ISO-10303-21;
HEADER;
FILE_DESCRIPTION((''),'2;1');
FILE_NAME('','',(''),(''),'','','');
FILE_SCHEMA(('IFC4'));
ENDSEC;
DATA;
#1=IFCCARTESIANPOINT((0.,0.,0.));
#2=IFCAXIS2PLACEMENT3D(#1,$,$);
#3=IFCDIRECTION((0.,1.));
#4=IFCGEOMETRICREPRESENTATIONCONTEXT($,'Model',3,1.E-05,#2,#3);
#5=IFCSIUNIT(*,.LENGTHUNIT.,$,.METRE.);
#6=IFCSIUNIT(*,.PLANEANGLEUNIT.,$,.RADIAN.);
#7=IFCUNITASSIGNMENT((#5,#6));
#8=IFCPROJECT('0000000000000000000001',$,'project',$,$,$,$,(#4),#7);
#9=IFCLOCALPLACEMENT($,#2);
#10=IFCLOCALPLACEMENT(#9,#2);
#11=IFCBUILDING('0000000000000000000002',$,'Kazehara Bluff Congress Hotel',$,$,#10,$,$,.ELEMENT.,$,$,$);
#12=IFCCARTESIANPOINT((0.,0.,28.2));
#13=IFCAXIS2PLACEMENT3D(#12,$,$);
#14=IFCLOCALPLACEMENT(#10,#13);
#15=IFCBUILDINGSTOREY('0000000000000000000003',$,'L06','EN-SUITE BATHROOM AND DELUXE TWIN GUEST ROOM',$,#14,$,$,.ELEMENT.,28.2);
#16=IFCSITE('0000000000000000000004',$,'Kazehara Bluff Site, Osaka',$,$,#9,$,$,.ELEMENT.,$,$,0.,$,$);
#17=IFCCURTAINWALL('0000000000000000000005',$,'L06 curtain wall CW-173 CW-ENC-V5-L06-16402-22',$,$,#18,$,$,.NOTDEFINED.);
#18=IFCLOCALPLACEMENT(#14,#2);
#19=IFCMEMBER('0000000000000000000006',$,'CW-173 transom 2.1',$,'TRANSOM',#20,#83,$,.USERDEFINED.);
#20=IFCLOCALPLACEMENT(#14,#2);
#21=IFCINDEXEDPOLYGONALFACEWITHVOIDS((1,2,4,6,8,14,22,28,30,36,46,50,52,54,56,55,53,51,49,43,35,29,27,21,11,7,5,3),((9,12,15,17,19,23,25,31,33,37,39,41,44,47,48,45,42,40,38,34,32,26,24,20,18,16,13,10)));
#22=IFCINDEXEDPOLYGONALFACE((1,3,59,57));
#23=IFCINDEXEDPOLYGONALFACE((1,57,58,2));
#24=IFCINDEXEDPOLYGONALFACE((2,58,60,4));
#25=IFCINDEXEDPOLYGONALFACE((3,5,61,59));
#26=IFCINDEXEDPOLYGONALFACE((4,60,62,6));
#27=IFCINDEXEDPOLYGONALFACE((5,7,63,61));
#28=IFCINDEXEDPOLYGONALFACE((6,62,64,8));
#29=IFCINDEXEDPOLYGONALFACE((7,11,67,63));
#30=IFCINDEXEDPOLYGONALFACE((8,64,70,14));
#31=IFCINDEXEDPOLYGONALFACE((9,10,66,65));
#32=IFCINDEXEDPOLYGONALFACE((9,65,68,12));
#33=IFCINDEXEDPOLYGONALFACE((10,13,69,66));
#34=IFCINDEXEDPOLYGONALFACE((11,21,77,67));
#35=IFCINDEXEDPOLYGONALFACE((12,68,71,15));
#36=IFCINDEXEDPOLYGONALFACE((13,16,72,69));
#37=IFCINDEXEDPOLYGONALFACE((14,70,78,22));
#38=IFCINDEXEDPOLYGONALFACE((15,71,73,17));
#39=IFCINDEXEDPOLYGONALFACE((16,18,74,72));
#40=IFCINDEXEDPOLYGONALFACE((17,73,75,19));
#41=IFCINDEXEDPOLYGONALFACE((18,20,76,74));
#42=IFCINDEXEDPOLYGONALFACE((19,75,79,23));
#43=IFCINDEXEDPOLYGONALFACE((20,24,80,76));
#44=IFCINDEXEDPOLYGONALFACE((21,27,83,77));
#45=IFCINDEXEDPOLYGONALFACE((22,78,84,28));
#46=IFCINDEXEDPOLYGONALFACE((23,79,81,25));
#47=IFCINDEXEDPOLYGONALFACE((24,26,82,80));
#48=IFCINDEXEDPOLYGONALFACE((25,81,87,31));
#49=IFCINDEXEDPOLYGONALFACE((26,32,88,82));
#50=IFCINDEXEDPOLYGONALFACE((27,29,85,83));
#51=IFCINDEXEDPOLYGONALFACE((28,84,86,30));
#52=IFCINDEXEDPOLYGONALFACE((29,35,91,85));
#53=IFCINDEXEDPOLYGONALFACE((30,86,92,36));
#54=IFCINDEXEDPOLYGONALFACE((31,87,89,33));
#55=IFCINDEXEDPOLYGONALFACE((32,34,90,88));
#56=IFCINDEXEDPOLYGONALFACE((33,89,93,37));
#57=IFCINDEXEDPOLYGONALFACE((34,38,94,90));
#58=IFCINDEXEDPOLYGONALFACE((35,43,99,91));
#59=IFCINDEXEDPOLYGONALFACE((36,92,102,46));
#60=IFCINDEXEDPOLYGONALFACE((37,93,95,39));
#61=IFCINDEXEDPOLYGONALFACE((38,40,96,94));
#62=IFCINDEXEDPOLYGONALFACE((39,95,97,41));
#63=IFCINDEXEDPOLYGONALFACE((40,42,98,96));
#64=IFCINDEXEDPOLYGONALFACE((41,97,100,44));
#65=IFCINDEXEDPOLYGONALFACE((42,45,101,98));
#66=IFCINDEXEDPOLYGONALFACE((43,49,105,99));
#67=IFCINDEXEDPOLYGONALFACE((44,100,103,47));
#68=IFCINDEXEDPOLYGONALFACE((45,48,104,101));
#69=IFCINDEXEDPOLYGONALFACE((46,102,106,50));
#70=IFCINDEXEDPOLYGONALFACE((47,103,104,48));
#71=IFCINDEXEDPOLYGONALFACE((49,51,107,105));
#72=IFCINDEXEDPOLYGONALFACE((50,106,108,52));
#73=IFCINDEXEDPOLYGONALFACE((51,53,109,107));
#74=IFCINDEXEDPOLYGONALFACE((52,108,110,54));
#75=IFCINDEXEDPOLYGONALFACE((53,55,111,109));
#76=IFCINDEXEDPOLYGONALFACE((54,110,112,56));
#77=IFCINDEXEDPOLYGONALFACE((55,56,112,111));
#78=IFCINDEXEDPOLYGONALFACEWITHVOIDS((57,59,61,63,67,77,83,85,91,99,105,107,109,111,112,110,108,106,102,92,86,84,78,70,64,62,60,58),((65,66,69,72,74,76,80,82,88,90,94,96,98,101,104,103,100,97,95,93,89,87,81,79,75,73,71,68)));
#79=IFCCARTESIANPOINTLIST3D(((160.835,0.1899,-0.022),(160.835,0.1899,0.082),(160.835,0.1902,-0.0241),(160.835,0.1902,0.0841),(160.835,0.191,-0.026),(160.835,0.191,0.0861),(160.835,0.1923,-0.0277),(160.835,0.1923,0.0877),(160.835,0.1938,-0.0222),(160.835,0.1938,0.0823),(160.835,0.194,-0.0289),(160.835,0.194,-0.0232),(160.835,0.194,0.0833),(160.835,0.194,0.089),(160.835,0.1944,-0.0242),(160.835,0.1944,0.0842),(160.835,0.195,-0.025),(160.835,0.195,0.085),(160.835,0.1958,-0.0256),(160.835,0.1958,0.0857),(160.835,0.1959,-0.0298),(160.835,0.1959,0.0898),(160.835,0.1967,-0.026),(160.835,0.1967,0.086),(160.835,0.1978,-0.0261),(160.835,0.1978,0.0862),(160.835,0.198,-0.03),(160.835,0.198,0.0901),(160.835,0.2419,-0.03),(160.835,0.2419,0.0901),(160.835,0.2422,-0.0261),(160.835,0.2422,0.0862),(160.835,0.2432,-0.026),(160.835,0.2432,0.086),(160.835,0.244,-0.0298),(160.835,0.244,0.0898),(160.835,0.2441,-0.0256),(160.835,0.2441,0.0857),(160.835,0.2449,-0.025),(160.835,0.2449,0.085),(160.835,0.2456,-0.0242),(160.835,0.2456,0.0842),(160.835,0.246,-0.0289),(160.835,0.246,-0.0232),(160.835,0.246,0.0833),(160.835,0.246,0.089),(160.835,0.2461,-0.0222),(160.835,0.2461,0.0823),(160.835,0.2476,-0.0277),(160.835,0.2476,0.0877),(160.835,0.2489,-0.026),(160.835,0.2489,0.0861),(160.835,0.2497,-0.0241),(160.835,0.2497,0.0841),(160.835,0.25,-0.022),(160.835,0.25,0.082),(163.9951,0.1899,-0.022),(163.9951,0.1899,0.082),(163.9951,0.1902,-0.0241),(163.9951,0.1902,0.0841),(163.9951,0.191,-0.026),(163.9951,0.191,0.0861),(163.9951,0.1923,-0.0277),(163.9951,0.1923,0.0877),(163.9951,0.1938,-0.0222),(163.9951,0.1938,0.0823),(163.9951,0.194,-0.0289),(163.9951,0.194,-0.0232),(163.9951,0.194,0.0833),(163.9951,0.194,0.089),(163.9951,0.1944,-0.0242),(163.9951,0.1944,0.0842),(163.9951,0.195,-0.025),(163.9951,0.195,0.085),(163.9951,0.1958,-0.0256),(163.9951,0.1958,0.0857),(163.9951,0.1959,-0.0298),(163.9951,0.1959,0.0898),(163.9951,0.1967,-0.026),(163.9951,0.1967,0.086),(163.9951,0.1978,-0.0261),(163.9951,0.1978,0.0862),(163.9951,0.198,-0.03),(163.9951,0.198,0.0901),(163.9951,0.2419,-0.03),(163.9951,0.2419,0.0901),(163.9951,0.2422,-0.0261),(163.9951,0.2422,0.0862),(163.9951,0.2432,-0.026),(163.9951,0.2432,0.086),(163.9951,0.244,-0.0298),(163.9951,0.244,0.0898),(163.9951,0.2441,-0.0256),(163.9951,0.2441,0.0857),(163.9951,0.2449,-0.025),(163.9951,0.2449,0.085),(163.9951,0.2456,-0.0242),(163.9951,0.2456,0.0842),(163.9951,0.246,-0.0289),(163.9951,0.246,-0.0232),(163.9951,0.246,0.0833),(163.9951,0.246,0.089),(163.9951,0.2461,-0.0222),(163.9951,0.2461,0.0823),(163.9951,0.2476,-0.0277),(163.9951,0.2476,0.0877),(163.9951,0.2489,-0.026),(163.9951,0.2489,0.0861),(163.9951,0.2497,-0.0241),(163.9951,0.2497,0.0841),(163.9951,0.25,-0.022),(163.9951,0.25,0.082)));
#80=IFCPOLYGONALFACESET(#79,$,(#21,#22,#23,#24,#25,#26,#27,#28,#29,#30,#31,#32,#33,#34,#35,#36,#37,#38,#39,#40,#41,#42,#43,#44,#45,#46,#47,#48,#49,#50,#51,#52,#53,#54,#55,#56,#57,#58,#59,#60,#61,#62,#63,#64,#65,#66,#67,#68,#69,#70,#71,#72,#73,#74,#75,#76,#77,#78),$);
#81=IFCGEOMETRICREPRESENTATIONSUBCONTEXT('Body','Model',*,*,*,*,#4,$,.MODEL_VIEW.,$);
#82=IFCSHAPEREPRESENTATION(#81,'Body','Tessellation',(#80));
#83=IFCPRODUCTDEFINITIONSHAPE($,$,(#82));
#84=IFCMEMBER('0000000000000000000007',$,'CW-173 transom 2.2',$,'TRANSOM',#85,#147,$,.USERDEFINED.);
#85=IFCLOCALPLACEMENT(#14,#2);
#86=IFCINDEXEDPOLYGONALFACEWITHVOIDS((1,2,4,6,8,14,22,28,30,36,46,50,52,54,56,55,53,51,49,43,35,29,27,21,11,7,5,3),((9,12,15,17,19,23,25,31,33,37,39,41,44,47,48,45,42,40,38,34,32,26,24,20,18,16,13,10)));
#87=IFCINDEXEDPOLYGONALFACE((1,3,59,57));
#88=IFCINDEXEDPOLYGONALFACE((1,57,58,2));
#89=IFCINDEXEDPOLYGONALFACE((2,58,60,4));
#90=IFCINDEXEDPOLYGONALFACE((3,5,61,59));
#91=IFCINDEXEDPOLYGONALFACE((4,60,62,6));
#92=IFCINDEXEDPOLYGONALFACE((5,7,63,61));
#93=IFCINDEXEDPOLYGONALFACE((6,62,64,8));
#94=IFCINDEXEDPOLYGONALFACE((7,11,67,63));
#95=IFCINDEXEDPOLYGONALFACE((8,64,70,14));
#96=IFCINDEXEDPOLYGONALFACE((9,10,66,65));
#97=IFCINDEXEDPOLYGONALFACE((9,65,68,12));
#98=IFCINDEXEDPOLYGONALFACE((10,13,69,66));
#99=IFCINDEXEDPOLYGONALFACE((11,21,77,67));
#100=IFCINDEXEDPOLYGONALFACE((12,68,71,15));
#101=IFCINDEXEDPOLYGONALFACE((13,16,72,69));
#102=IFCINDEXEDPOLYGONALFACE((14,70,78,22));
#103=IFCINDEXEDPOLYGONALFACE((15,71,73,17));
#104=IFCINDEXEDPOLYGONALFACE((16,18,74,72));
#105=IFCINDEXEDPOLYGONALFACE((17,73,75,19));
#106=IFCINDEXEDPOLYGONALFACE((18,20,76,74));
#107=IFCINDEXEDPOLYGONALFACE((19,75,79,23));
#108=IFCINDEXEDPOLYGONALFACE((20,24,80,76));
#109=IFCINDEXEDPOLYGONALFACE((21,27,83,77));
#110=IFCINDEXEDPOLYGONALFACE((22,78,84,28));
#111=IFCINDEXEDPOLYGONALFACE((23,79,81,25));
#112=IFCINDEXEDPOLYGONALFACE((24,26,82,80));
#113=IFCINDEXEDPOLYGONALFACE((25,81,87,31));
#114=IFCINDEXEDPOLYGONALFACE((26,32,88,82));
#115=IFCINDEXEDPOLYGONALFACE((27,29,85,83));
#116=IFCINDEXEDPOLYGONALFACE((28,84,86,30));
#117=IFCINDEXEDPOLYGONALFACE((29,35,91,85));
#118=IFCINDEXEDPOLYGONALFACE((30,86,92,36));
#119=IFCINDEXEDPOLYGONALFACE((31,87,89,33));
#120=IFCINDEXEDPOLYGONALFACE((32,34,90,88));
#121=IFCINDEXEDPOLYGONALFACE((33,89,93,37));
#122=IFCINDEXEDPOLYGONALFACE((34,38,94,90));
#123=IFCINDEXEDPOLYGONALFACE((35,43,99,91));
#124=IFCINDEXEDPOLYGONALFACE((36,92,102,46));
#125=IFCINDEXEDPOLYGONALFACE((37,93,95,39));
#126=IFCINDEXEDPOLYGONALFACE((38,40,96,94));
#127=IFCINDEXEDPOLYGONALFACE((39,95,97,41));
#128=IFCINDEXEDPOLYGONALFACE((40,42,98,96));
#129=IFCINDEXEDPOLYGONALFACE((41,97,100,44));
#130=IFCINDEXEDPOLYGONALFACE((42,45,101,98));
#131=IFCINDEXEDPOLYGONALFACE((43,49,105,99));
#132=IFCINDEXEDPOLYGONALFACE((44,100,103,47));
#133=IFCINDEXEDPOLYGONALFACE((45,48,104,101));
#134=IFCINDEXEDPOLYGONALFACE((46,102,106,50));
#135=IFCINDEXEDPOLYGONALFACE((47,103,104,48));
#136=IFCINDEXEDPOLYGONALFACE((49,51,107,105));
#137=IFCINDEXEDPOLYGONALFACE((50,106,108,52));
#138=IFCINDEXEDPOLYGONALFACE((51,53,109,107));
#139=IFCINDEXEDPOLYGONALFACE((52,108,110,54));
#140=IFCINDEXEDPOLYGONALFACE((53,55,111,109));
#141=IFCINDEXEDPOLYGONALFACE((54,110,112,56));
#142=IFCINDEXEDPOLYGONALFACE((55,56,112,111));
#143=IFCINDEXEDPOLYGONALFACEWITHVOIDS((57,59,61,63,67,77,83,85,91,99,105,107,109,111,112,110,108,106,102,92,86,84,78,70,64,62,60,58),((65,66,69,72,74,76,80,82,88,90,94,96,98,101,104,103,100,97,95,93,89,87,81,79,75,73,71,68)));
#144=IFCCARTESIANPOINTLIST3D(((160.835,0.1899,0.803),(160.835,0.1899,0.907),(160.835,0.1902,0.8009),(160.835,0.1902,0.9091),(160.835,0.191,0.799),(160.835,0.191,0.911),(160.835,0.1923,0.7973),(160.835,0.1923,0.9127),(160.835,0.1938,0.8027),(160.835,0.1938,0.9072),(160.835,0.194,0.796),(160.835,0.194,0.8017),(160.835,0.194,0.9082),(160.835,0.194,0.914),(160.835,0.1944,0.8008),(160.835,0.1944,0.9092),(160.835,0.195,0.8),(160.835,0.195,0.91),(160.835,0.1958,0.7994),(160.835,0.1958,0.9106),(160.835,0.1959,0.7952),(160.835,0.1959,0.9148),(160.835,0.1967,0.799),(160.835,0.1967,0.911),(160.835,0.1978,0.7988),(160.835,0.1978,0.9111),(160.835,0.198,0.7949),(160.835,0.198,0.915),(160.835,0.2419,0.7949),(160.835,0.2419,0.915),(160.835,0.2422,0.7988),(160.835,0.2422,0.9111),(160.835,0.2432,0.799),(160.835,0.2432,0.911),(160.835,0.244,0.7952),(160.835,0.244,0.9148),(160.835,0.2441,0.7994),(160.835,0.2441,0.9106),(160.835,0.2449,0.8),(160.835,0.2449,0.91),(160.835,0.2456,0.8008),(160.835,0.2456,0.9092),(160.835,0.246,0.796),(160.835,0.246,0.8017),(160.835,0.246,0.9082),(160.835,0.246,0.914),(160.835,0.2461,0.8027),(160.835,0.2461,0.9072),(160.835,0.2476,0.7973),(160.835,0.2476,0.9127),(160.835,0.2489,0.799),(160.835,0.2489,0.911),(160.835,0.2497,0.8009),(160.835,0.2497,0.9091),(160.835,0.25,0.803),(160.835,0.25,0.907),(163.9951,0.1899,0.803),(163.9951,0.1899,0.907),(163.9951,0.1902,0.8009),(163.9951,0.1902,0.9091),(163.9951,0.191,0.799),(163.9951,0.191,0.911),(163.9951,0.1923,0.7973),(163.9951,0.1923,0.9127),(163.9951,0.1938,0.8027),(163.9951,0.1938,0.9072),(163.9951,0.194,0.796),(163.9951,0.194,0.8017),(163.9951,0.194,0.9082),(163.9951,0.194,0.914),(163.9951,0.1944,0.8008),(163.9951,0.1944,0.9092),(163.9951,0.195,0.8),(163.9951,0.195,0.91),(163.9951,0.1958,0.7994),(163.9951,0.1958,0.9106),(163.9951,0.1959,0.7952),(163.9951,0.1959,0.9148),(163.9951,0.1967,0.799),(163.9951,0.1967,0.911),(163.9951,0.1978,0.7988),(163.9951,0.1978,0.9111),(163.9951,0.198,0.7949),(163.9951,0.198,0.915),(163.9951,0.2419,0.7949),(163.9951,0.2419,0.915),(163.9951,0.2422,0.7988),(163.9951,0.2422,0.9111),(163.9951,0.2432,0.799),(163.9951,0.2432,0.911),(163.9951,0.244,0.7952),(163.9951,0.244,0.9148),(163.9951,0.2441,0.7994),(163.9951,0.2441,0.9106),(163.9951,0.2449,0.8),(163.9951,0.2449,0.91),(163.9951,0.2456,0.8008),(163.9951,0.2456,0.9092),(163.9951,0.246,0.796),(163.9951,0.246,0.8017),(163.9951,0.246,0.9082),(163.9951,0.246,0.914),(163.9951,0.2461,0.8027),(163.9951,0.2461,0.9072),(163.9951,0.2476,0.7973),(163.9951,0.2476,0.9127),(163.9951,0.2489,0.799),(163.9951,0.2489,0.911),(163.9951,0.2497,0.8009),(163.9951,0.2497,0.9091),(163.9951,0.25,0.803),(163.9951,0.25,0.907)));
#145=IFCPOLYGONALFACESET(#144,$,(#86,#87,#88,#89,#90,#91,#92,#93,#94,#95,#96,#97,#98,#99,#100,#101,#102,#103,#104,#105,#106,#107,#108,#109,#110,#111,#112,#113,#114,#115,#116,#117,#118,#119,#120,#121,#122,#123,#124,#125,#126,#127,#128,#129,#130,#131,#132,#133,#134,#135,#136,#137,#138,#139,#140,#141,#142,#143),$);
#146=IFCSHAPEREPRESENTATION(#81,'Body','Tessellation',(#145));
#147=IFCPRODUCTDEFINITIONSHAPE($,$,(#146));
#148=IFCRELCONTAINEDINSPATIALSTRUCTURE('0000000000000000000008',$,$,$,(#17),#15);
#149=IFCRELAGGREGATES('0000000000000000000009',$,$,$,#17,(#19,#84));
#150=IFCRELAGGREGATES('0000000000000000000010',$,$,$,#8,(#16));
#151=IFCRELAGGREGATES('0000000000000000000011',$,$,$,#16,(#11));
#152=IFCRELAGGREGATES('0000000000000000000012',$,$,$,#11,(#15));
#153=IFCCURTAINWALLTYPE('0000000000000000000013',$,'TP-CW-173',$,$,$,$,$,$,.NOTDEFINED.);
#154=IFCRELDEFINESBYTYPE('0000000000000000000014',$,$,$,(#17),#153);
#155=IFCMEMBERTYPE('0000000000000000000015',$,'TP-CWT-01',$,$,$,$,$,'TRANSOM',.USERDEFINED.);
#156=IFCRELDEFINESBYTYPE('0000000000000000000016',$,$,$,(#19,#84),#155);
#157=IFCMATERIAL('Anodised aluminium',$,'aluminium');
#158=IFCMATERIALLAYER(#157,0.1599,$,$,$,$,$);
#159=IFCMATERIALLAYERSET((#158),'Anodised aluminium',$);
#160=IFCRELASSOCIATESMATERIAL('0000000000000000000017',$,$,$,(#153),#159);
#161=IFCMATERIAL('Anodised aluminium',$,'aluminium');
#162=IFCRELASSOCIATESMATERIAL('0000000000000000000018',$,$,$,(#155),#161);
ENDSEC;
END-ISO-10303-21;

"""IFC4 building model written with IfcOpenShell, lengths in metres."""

from ifc_helpers import new_model, si_unit, direction, frame, origin, origin_2d, place, context, subcontext, project, spatial, hollow_rectangle, extrude, material, layer, layer_set, material_profile, profile_set, type_object, element, aggregate, save


model = new_model("IFC4")

# Units and contexts
model_context = context("Model", 3, precision=1e-05, world=origin(), true_north=direction((0.0, 1.0)))
body_context = subcontext(model_context, "Body", "Model", "MODEL_VIEW")
ifc_project = project(units=[si_unit("LENGTHUNIT", "METRE"), si_unit("PLANEANGLEUNIT", "RADIAN")], contexts=[model_context])

# Site, building, storey
site_placement = place(None, origin())
site = spatial("IfcSite", under=ifc_project, at=site_placement, Name="Kazehara Bluff Site, Osaka", CompositionType="ELEMENT", RefElevation=0.0)
building_placement = place(site_placement, origin())
building = spatial("IfcBuilding", under=site, at=building_placement, Name="Kazehara Bluff Congress Hotel", CompositionType="ELEMENT")
storey_placement = place(building_placement, frame((0.0, 0.0, 28.2)))
storey = spatial("IfcBuildingStorey", under=building, at=storey_placement, Name="L06", Description="EN-SUITE BATHROOM AND DELUXE TWIN GUEST ROOM", CompositionType="ELEMENT", Elevation=28.2)

# Curtain wall
ifc_material_1 = material(Name="Anodised aluminium", Category="aluminium")
ifc_layer_1 = layer(ifc_material_1, 0.1599)
ifc_layer_set_1 = layer_set([ifc_layer_1], Name="Anodised aluminium")
curtain_wall_type_1 = type_object("IfcCurtainWallType", Name="TP-CW-173", PredefinedType="NOTDEFINED", material=ifc_layer_set_1)
curtain_wall_1_placement = place(storey_placement, origin())
curtain_wall_1 = element("IfcCurtainWall", 1, at=curtain_wall_1_placement, inside=storey, type_object=curtain_wall_type_1, Name="L06 curtain wall CW-173 CW-ENC-V5-L06-16402-22", PredefinedType="NOTDEFINED")

# Members
ifc_material_2 = material(Name="Anodised aluminium", Category="aluminium")
ifc_material_profile_1 = material_profile(ifc_material_2, hollow_rectangle(XDim=0.0601, YDim=0.1201, WallThickness=0.0039, InnerFilletRadius=0.0039, OuterFilletRadius=0.0081, at=origin_2d()))
ifc_profile_set_1 = profile_set([ifc_material_profile_1], Name="Anodised aluminium")
member_type_1 = type_object("IfcMemberType", Name="TP-CWT-01", ElementType="TRANSOM", PredefinedType="USERDEFINED", material=ifc_profile_set_1)
member_1_placement = place(storey_placement, frame((163.9951, 0.22, 0.03), z_axis=(-1.0, 0.0, 0.0), x_axis=(0.0, -1.0, 0.0)))
member_1 = element("IfcMember", 2, at=member_1_placement, type_object=member_type_1, Name="CW-173 transom 2.1", ObjectType="TRANSOM", PredefinedType="USERDEFINED", context=body_context, shape_type="SweptSolid", body=[
    extrude(hollow_rectangle(XDim=0.0601, YDim=0.1201, WallThickness=0.0039, InnerFilletRadius=0.0039, OuterFilletRadius=0.0081, at=origin_2d()), origin(), (0.0, 0.0, 1.0), 3.1602),
])
member_2_placement = place(storey_placement, frame((163.9951, 0.22, 0.855), z_axis=(-1.0, 0.0, 0.0), x_axis=(0.0, -1.0, 0.0)))
member_2 = element("IfcMember", 3, at=member_2_placement, type_object=member_type_1, Name="CW-173 transom 2.2", ObjectType="TRANSOM", PredefinedType="USERDEFINED", context=body_context, shape_type="SweptSolid", body=[
    extrude(hollow_rectangle(XDim=0.0601, YDim=0.1201, WallThickness=0.0039, InnerFilletRadius=0.0039, OuterFilletRadius=0.0081, at=origin_2d()), origin(), (0.0, 0.0, 1.0), 3.1602),
])

aggregate(curtain_wall_1, [member_1, member_2])

save(model, "model.ifc")
